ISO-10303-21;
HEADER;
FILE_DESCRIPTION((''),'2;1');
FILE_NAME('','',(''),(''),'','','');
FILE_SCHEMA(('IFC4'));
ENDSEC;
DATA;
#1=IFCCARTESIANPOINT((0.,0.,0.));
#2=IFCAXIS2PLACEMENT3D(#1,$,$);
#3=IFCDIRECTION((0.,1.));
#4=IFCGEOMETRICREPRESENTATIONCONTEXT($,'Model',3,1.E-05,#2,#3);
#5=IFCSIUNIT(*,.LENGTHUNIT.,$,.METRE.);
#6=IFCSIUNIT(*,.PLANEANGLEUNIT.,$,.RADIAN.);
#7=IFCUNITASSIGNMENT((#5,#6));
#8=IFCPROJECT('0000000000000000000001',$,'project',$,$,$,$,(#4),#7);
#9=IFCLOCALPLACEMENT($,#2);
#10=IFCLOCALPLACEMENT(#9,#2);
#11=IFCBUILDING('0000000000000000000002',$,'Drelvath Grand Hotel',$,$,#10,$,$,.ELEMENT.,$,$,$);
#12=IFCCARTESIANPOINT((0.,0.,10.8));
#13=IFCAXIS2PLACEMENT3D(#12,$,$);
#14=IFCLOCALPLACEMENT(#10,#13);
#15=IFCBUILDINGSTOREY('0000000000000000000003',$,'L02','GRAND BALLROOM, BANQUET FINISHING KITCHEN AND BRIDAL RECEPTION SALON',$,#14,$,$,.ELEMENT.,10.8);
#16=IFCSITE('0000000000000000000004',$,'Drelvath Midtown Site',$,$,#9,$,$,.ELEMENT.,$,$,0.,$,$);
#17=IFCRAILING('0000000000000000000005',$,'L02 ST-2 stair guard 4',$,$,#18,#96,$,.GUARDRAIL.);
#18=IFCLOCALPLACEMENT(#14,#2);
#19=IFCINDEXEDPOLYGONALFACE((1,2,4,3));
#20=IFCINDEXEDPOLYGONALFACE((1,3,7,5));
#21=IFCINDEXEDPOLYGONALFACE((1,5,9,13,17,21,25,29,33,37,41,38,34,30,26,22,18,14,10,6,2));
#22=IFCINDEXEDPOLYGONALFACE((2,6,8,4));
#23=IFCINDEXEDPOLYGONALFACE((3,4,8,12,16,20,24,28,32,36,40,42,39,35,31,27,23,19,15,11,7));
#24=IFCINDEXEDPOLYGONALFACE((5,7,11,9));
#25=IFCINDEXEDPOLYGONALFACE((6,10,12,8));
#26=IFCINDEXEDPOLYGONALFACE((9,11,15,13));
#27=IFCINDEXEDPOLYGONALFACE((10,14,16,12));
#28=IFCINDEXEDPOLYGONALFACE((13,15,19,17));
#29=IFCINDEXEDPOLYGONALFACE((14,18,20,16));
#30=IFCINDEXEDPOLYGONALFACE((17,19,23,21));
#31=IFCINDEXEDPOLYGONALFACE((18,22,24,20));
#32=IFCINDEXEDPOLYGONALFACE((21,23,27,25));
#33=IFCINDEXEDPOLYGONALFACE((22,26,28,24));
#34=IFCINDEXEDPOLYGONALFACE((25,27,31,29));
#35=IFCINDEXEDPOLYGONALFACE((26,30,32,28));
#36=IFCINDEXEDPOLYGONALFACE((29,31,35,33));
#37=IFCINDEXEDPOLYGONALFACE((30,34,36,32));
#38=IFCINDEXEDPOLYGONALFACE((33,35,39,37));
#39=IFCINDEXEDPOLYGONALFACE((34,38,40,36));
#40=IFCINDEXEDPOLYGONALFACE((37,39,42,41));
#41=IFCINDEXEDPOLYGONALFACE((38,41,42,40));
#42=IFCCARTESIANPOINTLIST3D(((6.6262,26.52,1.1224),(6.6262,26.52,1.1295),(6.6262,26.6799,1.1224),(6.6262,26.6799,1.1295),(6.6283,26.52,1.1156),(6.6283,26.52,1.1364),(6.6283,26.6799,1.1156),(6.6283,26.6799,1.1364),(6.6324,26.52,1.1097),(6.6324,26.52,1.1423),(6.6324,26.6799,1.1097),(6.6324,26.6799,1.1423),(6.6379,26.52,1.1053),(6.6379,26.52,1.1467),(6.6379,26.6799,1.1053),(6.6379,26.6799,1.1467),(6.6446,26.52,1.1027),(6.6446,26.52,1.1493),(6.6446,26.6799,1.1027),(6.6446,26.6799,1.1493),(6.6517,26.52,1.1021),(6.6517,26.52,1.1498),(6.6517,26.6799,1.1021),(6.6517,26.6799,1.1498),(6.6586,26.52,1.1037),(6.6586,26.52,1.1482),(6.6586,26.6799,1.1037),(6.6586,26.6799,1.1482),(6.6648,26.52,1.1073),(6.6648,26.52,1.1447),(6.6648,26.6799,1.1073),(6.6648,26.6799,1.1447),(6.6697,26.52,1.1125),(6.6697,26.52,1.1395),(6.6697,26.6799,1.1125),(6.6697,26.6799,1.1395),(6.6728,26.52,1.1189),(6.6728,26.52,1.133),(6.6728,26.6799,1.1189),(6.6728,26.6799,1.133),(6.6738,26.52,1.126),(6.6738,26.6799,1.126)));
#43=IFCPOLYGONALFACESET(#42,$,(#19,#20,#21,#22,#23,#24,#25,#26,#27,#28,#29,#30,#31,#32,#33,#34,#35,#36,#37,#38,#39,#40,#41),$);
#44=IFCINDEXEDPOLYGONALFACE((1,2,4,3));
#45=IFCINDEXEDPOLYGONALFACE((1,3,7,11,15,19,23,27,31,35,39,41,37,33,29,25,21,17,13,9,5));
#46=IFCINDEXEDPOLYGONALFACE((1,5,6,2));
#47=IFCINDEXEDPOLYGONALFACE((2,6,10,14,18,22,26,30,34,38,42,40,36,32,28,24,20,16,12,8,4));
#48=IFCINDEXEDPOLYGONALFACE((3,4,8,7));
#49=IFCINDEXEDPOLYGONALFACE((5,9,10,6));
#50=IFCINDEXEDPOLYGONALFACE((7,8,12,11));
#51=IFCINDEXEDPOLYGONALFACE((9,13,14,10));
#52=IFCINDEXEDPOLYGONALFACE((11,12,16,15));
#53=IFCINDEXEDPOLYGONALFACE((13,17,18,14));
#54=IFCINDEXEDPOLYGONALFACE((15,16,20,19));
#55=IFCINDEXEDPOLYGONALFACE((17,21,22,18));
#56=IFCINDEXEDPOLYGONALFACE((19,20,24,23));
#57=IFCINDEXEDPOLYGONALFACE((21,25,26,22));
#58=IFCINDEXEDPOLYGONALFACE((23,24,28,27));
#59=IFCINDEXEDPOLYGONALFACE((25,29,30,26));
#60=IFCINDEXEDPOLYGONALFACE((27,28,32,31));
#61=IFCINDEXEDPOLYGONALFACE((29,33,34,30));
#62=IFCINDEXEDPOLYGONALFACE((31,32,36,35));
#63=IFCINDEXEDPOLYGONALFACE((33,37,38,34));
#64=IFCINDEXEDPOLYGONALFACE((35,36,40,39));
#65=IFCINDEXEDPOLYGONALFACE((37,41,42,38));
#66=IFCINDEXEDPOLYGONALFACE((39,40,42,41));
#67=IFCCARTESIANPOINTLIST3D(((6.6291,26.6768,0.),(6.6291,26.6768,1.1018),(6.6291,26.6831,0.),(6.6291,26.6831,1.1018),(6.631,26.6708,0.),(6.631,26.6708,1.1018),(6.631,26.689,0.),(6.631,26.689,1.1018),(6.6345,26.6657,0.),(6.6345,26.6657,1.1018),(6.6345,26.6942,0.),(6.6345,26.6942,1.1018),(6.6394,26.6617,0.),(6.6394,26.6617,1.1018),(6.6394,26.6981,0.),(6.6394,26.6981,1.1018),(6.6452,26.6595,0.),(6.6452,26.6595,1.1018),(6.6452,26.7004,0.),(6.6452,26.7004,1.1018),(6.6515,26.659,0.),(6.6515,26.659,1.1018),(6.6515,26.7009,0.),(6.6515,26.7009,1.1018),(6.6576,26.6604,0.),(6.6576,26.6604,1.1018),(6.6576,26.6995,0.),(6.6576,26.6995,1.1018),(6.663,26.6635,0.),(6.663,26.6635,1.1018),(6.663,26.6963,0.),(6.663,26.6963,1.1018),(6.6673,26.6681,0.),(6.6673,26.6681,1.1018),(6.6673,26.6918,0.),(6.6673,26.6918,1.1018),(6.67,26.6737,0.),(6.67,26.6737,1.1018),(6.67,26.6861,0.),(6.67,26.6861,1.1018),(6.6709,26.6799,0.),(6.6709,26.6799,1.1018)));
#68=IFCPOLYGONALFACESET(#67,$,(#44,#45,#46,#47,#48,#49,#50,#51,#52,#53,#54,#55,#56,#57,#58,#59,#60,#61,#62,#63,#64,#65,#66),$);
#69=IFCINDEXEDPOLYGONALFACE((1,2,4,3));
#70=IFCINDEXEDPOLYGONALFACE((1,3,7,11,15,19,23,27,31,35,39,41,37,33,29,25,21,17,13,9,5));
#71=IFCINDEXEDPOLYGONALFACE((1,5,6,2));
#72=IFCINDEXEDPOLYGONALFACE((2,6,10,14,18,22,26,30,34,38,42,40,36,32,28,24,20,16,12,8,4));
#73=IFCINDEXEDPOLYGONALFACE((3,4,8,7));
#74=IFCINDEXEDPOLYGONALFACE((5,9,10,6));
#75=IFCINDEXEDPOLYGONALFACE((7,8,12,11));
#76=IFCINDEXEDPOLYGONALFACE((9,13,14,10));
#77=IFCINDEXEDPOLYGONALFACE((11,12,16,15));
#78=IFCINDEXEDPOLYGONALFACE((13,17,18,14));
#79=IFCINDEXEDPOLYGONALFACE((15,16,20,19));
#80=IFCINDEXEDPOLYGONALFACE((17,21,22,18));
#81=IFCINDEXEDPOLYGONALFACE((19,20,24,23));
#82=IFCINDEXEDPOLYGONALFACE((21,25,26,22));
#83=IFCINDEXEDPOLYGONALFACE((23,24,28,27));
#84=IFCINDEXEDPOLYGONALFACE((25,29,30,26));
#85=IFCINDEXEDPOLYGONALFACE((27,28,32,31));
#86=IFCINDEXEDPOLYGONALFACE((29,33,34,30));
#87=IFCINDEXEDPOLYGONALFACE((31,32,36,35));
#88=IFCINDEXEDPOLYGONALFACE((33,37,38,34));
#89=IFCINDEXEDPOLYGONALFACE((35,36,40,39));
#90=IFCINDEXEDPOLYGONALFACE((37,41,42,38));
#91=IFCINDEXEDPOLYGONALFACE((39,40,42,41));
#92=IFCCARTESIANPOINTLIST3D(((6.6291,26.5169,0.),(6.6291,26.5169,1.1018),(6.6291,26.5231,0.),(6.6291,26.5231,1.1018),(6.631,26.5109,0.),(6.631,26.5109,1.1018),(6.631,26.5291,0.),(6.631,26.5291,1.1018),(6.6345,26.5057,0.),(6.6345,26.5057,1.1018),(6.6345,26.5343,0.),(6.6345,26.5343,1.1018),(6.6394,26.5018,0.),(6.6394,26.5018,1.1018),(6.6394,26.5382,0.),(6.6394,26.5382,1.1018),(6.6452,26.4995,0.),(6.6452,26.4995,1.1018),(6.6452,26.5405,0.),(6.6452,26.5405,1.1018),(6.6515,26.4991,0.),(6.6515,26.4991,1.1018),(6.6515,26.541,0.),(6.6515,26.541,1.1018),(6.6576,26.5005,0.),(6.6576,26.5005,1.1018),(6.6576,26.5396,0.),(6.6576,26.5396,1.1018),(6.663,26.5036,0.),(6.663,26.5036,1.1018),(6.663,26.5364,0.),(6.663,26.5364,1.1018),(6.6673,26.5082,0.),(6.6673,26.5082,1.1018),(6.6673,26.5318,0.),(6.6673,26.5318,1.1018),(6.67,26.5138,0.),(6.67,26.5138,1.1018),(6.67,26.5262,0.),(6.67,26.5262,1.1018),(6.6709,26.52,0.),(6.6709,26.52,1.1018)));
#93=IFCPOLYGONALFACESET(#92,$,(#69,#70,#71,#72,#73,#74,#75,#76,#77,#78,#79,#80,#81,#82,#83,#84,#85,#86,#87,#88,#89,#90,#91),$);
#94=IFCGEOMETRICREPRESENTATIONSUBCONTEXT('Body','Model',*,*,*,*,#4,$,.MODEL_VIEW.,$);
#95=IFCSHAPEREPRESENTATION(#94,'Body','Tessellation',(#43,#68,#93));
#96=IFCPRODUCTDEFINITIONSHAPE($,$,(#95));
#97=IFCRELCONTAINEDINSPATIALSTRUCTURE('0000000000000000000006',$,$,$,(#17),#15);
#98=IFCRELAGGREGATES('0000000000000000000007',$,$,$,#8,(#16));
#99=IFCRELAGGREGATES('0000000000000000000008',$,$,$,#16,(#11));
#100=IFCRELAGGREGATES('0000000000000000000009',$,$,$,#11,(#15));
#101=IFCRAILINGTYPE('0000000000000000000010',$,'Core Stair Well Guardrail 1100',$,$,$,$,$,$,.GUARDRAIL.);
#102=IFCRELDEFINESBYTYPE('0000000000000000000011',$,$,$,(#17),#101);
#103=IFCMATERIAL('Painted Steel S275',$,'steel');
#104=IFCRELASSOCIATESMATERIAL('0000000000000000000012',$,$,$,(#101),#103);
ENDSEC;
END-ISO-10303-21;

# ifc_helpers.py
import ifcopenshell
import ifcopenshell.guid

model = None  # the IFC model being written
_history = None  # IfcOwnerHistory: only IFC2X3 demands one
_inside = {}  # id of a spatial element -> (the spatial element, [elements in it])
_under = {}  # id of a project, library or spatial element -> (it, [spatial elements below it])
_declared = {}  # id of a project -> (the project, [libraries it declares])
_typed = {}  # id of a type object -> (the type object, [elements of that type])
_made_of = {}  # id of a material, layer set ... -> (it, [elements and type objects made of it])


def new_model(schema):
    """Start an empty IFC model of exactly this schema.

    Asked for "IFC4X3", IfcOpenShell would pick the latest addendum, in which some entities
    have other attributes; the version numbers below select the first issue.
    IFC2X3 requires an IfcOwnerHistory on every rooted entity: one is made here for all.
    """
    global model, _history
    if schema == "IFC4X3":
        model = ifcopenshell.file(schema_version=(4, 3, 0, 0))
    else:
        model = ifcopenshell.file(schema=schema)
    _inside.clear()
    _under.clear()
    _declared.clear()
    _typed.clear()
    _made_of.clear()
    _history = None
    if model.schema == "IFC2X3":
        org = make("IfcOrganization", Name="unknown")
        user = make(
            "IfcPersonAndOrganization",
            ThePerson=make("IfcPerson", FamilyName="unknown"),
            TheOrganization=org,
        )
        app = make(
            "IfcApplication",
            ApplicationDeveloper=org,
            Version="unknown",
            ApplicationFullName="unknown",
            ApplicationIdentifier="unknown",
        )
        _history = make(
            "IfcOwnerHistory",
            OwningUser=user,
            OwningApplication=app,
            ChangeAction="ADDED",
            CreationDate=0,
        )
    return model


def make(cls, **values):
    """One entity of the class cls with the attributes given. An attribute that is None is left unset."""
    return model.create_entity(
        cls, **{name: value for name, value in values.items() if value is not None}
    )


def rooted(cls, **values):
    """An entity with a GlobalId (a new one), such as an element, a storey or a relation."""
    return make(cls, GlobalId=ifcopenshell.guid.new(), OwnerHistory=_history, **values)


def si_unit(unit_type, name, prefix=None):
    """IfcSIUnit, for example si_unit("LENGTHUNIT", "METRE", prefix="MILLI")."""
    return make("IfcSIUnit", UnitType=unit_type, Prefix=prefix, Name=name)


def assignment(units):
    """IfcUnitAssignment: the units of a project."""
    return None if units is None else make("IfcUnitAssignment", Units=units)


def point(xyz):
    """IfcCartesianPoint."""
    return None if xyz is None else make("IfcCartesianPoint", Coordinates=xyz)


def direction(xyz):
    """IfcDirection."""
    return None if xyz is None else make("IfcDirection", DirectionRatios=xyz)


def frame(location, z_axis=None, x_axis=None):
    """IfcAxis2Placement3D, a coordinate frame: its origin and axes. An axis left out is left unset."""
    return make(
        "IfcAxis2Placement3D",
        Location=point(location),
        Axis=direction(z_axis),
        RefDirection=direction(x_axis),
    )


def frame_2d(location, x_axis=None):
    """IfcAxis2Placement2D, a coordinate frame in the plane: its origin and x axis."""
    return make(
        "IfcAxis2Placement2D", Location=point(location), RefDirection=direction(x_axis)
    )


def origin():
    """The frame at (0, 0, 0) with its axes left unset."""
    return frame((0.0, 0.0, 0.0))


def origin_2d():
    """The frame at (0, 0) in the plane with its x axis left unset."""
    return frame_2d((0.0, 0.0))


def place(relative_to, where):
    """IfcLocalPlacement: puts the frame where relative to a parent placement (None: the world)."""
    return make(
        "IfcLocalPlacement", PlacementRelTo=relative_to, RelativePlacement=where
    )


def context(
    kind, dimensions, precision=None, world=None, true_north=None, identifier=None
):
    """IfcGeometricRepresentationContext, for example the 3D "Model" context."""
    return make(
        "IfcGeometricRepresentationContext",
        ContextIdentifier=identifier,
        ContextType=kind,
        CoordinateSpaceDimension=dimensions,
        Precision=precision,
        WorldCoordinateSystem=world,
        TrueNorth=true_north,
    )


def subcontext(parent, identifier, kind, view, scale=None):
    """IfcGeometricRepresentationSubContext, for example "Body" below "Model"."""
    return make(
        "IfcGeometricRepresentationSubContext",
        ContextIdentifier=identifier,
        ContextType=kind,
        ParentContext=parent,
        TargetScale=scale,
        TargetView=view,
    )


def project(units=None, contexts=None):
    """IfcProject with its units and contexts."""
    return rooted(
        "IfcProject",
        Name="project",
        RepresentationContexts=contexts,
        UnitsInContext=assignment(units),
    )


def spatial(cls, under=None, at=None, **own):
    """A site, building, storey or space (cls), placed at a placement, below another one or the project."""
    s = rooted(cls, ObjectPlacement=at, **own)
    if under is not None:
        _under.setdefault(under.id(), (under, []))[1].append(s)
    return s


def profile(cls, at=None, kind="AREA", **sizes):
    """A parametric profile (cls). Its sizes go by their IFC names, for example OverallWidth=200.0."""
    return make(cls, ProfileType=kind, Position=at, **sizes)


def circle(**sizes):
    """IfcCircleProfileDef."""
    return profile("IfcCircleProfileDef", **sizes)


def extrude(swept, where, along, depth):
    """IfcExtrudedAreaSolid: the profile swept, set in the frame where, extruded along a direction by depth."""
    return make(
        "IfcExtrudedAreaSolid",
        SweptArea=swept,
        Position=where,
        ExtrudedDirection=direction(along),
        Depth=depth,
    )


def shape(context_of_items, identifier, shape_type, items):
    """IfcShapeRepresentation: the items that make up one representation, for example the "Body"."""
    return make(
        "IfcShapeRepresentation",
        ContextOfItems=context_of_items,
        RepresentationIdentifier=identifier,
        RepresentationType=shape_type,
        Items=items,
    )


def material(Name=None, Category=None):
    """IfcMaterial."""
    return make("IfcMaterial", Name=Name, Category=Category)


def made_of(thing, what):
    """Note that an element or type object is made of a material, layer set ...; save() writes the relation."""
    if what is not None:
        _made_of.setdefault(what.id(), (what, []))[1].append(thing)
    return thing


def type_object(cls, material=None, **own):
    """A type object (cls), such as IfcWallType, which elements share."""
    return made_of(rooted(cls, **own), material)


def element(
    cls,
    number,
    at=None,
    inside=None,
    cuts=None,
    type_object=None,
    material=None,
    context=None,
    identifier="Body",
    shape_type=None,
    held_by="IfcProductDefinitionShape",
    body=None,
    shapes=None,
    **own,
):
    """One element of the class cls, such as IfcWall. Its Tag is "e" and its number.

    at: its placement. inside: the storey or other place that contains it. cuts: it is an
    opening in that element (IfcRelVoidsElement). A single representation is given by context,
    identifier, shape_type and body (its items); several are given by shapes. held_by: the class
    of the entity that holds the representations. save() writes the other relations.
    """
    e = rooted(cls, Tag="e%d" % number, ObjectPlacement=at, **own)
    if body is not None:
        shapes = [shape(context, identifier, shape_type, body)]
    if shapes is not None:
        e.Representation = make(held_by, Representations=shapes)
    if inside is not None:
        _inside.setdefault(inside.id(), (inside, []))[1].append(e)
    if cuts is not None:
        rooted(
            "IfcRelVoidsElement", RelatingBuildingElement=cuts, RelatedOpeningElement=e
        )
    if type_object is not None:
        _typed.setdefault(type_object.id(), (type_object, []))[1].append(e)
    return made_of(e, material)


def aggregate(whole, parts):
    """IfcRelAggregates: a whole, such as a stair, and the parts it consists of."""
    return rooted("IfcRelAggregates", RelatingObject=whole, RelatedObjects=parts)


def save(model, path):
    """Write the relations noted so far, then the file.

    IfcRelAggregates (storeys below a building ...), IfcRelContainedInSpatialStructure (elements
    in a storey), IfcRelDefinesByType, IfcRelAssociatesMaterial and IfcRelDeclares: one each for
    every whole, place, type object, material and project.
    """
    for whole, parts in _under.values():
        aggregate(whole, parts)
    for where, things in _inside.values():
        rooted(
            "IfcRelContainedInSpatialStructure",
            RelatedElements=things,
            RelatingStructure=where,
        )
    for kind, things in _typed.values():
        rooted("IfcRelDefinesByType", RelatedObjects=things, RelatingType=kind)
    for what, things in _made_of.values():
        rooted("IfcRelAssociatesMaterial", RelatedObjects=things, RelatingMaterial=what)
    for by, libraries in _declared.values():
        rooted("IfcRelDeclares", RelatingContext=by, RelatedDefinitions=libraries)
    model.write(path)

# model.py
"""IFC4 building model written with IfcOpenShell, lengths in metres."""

from ifc_helpers import new_model, si_unit, direction, frame, origin, origin_2d, place, context, subcontext, project, spatial, circle, extrude, material, type_object, element, save


model = new_model("IFC4")

# Units and contexts
model_context = context("Model", 3, precision=1e-05, world=origin(), true_north=direction((0.0, 1.0)))
body_context = subcontext(model_context, "Body", "Model", "MODEL_VIEW")
ifc_project = project(units=[si_unit("LENGTHUNIT", "METRE"), si_unit("PLANEANGLEUNIT", "RADIAN")], contexts=[model_context])

# Site, building, storey
site_placement = place(None, origin())
site = spatial("IfcSite", under=ifc_project, at=site_placement, Name="Drelvath Midtown Site", CompositionType="ELEMENT", RefElevation=0.0)
building_placement = place(site_placement, origin())
building = spatial("IfcBuilding", under=site, at=building_placement, Name="Drelvath Grand Hotel", CompositionType="ELEMENT")
storey_placement = place(building_placement, frame((0.0, 0.0, 10.8)))
storey = spatial("IfcBuildingStorey", under=building, at=storey_placement, Name="L02", Description="GRAND BALLROOM, BANQUET FINISHING KITCHEN AND BRIDAL RECEPTION SALON", CompositionType="ELEMENT", Elevation=10.8)

# Shared definitions
ifc_material_1 = material(Name="Painted Steel S275", Category="steel")

# Railing
railing_type_1 = type_object("IfcRailingType", Name="Core Stair Well Guardrail 1100", PredefinedType="GUARDRAIL", material=ifc_material_1)
railing_1_placement = place(storey_placement, frame((6.6499, 26.6799, 0.0)))
element("IfcRailing", 1, at=railing_1_placement, inside=storey, type_object=railing_type_1, Name="L02 ST-2 stair guard 4", PredefinedType="GUARDRAIL", context=body_context, shape_type="SweptSolid", body=[
    extrude(circle(Radius=0.0239, at=origin_2d()), frame((0.0, 0.0, 1.126), z_axis=(0.0, -1.0, 0.0), x_axis=(1.0, 0.0, 0.0)), (0.0, 0.0, 1.0), 0.1599),
    extrude(circle(Radius=0.021, at=origin_2d()), origin(), (0.0, 0.0, 1.0), 1.1018),
    extrude(circle(Radius=0.021, at=origin_2d()), frame((0.0, -0.1599, 0.0)), (0.0, 0.0, 1.0), 1.1018),
])

save(model, "model.ifc")
